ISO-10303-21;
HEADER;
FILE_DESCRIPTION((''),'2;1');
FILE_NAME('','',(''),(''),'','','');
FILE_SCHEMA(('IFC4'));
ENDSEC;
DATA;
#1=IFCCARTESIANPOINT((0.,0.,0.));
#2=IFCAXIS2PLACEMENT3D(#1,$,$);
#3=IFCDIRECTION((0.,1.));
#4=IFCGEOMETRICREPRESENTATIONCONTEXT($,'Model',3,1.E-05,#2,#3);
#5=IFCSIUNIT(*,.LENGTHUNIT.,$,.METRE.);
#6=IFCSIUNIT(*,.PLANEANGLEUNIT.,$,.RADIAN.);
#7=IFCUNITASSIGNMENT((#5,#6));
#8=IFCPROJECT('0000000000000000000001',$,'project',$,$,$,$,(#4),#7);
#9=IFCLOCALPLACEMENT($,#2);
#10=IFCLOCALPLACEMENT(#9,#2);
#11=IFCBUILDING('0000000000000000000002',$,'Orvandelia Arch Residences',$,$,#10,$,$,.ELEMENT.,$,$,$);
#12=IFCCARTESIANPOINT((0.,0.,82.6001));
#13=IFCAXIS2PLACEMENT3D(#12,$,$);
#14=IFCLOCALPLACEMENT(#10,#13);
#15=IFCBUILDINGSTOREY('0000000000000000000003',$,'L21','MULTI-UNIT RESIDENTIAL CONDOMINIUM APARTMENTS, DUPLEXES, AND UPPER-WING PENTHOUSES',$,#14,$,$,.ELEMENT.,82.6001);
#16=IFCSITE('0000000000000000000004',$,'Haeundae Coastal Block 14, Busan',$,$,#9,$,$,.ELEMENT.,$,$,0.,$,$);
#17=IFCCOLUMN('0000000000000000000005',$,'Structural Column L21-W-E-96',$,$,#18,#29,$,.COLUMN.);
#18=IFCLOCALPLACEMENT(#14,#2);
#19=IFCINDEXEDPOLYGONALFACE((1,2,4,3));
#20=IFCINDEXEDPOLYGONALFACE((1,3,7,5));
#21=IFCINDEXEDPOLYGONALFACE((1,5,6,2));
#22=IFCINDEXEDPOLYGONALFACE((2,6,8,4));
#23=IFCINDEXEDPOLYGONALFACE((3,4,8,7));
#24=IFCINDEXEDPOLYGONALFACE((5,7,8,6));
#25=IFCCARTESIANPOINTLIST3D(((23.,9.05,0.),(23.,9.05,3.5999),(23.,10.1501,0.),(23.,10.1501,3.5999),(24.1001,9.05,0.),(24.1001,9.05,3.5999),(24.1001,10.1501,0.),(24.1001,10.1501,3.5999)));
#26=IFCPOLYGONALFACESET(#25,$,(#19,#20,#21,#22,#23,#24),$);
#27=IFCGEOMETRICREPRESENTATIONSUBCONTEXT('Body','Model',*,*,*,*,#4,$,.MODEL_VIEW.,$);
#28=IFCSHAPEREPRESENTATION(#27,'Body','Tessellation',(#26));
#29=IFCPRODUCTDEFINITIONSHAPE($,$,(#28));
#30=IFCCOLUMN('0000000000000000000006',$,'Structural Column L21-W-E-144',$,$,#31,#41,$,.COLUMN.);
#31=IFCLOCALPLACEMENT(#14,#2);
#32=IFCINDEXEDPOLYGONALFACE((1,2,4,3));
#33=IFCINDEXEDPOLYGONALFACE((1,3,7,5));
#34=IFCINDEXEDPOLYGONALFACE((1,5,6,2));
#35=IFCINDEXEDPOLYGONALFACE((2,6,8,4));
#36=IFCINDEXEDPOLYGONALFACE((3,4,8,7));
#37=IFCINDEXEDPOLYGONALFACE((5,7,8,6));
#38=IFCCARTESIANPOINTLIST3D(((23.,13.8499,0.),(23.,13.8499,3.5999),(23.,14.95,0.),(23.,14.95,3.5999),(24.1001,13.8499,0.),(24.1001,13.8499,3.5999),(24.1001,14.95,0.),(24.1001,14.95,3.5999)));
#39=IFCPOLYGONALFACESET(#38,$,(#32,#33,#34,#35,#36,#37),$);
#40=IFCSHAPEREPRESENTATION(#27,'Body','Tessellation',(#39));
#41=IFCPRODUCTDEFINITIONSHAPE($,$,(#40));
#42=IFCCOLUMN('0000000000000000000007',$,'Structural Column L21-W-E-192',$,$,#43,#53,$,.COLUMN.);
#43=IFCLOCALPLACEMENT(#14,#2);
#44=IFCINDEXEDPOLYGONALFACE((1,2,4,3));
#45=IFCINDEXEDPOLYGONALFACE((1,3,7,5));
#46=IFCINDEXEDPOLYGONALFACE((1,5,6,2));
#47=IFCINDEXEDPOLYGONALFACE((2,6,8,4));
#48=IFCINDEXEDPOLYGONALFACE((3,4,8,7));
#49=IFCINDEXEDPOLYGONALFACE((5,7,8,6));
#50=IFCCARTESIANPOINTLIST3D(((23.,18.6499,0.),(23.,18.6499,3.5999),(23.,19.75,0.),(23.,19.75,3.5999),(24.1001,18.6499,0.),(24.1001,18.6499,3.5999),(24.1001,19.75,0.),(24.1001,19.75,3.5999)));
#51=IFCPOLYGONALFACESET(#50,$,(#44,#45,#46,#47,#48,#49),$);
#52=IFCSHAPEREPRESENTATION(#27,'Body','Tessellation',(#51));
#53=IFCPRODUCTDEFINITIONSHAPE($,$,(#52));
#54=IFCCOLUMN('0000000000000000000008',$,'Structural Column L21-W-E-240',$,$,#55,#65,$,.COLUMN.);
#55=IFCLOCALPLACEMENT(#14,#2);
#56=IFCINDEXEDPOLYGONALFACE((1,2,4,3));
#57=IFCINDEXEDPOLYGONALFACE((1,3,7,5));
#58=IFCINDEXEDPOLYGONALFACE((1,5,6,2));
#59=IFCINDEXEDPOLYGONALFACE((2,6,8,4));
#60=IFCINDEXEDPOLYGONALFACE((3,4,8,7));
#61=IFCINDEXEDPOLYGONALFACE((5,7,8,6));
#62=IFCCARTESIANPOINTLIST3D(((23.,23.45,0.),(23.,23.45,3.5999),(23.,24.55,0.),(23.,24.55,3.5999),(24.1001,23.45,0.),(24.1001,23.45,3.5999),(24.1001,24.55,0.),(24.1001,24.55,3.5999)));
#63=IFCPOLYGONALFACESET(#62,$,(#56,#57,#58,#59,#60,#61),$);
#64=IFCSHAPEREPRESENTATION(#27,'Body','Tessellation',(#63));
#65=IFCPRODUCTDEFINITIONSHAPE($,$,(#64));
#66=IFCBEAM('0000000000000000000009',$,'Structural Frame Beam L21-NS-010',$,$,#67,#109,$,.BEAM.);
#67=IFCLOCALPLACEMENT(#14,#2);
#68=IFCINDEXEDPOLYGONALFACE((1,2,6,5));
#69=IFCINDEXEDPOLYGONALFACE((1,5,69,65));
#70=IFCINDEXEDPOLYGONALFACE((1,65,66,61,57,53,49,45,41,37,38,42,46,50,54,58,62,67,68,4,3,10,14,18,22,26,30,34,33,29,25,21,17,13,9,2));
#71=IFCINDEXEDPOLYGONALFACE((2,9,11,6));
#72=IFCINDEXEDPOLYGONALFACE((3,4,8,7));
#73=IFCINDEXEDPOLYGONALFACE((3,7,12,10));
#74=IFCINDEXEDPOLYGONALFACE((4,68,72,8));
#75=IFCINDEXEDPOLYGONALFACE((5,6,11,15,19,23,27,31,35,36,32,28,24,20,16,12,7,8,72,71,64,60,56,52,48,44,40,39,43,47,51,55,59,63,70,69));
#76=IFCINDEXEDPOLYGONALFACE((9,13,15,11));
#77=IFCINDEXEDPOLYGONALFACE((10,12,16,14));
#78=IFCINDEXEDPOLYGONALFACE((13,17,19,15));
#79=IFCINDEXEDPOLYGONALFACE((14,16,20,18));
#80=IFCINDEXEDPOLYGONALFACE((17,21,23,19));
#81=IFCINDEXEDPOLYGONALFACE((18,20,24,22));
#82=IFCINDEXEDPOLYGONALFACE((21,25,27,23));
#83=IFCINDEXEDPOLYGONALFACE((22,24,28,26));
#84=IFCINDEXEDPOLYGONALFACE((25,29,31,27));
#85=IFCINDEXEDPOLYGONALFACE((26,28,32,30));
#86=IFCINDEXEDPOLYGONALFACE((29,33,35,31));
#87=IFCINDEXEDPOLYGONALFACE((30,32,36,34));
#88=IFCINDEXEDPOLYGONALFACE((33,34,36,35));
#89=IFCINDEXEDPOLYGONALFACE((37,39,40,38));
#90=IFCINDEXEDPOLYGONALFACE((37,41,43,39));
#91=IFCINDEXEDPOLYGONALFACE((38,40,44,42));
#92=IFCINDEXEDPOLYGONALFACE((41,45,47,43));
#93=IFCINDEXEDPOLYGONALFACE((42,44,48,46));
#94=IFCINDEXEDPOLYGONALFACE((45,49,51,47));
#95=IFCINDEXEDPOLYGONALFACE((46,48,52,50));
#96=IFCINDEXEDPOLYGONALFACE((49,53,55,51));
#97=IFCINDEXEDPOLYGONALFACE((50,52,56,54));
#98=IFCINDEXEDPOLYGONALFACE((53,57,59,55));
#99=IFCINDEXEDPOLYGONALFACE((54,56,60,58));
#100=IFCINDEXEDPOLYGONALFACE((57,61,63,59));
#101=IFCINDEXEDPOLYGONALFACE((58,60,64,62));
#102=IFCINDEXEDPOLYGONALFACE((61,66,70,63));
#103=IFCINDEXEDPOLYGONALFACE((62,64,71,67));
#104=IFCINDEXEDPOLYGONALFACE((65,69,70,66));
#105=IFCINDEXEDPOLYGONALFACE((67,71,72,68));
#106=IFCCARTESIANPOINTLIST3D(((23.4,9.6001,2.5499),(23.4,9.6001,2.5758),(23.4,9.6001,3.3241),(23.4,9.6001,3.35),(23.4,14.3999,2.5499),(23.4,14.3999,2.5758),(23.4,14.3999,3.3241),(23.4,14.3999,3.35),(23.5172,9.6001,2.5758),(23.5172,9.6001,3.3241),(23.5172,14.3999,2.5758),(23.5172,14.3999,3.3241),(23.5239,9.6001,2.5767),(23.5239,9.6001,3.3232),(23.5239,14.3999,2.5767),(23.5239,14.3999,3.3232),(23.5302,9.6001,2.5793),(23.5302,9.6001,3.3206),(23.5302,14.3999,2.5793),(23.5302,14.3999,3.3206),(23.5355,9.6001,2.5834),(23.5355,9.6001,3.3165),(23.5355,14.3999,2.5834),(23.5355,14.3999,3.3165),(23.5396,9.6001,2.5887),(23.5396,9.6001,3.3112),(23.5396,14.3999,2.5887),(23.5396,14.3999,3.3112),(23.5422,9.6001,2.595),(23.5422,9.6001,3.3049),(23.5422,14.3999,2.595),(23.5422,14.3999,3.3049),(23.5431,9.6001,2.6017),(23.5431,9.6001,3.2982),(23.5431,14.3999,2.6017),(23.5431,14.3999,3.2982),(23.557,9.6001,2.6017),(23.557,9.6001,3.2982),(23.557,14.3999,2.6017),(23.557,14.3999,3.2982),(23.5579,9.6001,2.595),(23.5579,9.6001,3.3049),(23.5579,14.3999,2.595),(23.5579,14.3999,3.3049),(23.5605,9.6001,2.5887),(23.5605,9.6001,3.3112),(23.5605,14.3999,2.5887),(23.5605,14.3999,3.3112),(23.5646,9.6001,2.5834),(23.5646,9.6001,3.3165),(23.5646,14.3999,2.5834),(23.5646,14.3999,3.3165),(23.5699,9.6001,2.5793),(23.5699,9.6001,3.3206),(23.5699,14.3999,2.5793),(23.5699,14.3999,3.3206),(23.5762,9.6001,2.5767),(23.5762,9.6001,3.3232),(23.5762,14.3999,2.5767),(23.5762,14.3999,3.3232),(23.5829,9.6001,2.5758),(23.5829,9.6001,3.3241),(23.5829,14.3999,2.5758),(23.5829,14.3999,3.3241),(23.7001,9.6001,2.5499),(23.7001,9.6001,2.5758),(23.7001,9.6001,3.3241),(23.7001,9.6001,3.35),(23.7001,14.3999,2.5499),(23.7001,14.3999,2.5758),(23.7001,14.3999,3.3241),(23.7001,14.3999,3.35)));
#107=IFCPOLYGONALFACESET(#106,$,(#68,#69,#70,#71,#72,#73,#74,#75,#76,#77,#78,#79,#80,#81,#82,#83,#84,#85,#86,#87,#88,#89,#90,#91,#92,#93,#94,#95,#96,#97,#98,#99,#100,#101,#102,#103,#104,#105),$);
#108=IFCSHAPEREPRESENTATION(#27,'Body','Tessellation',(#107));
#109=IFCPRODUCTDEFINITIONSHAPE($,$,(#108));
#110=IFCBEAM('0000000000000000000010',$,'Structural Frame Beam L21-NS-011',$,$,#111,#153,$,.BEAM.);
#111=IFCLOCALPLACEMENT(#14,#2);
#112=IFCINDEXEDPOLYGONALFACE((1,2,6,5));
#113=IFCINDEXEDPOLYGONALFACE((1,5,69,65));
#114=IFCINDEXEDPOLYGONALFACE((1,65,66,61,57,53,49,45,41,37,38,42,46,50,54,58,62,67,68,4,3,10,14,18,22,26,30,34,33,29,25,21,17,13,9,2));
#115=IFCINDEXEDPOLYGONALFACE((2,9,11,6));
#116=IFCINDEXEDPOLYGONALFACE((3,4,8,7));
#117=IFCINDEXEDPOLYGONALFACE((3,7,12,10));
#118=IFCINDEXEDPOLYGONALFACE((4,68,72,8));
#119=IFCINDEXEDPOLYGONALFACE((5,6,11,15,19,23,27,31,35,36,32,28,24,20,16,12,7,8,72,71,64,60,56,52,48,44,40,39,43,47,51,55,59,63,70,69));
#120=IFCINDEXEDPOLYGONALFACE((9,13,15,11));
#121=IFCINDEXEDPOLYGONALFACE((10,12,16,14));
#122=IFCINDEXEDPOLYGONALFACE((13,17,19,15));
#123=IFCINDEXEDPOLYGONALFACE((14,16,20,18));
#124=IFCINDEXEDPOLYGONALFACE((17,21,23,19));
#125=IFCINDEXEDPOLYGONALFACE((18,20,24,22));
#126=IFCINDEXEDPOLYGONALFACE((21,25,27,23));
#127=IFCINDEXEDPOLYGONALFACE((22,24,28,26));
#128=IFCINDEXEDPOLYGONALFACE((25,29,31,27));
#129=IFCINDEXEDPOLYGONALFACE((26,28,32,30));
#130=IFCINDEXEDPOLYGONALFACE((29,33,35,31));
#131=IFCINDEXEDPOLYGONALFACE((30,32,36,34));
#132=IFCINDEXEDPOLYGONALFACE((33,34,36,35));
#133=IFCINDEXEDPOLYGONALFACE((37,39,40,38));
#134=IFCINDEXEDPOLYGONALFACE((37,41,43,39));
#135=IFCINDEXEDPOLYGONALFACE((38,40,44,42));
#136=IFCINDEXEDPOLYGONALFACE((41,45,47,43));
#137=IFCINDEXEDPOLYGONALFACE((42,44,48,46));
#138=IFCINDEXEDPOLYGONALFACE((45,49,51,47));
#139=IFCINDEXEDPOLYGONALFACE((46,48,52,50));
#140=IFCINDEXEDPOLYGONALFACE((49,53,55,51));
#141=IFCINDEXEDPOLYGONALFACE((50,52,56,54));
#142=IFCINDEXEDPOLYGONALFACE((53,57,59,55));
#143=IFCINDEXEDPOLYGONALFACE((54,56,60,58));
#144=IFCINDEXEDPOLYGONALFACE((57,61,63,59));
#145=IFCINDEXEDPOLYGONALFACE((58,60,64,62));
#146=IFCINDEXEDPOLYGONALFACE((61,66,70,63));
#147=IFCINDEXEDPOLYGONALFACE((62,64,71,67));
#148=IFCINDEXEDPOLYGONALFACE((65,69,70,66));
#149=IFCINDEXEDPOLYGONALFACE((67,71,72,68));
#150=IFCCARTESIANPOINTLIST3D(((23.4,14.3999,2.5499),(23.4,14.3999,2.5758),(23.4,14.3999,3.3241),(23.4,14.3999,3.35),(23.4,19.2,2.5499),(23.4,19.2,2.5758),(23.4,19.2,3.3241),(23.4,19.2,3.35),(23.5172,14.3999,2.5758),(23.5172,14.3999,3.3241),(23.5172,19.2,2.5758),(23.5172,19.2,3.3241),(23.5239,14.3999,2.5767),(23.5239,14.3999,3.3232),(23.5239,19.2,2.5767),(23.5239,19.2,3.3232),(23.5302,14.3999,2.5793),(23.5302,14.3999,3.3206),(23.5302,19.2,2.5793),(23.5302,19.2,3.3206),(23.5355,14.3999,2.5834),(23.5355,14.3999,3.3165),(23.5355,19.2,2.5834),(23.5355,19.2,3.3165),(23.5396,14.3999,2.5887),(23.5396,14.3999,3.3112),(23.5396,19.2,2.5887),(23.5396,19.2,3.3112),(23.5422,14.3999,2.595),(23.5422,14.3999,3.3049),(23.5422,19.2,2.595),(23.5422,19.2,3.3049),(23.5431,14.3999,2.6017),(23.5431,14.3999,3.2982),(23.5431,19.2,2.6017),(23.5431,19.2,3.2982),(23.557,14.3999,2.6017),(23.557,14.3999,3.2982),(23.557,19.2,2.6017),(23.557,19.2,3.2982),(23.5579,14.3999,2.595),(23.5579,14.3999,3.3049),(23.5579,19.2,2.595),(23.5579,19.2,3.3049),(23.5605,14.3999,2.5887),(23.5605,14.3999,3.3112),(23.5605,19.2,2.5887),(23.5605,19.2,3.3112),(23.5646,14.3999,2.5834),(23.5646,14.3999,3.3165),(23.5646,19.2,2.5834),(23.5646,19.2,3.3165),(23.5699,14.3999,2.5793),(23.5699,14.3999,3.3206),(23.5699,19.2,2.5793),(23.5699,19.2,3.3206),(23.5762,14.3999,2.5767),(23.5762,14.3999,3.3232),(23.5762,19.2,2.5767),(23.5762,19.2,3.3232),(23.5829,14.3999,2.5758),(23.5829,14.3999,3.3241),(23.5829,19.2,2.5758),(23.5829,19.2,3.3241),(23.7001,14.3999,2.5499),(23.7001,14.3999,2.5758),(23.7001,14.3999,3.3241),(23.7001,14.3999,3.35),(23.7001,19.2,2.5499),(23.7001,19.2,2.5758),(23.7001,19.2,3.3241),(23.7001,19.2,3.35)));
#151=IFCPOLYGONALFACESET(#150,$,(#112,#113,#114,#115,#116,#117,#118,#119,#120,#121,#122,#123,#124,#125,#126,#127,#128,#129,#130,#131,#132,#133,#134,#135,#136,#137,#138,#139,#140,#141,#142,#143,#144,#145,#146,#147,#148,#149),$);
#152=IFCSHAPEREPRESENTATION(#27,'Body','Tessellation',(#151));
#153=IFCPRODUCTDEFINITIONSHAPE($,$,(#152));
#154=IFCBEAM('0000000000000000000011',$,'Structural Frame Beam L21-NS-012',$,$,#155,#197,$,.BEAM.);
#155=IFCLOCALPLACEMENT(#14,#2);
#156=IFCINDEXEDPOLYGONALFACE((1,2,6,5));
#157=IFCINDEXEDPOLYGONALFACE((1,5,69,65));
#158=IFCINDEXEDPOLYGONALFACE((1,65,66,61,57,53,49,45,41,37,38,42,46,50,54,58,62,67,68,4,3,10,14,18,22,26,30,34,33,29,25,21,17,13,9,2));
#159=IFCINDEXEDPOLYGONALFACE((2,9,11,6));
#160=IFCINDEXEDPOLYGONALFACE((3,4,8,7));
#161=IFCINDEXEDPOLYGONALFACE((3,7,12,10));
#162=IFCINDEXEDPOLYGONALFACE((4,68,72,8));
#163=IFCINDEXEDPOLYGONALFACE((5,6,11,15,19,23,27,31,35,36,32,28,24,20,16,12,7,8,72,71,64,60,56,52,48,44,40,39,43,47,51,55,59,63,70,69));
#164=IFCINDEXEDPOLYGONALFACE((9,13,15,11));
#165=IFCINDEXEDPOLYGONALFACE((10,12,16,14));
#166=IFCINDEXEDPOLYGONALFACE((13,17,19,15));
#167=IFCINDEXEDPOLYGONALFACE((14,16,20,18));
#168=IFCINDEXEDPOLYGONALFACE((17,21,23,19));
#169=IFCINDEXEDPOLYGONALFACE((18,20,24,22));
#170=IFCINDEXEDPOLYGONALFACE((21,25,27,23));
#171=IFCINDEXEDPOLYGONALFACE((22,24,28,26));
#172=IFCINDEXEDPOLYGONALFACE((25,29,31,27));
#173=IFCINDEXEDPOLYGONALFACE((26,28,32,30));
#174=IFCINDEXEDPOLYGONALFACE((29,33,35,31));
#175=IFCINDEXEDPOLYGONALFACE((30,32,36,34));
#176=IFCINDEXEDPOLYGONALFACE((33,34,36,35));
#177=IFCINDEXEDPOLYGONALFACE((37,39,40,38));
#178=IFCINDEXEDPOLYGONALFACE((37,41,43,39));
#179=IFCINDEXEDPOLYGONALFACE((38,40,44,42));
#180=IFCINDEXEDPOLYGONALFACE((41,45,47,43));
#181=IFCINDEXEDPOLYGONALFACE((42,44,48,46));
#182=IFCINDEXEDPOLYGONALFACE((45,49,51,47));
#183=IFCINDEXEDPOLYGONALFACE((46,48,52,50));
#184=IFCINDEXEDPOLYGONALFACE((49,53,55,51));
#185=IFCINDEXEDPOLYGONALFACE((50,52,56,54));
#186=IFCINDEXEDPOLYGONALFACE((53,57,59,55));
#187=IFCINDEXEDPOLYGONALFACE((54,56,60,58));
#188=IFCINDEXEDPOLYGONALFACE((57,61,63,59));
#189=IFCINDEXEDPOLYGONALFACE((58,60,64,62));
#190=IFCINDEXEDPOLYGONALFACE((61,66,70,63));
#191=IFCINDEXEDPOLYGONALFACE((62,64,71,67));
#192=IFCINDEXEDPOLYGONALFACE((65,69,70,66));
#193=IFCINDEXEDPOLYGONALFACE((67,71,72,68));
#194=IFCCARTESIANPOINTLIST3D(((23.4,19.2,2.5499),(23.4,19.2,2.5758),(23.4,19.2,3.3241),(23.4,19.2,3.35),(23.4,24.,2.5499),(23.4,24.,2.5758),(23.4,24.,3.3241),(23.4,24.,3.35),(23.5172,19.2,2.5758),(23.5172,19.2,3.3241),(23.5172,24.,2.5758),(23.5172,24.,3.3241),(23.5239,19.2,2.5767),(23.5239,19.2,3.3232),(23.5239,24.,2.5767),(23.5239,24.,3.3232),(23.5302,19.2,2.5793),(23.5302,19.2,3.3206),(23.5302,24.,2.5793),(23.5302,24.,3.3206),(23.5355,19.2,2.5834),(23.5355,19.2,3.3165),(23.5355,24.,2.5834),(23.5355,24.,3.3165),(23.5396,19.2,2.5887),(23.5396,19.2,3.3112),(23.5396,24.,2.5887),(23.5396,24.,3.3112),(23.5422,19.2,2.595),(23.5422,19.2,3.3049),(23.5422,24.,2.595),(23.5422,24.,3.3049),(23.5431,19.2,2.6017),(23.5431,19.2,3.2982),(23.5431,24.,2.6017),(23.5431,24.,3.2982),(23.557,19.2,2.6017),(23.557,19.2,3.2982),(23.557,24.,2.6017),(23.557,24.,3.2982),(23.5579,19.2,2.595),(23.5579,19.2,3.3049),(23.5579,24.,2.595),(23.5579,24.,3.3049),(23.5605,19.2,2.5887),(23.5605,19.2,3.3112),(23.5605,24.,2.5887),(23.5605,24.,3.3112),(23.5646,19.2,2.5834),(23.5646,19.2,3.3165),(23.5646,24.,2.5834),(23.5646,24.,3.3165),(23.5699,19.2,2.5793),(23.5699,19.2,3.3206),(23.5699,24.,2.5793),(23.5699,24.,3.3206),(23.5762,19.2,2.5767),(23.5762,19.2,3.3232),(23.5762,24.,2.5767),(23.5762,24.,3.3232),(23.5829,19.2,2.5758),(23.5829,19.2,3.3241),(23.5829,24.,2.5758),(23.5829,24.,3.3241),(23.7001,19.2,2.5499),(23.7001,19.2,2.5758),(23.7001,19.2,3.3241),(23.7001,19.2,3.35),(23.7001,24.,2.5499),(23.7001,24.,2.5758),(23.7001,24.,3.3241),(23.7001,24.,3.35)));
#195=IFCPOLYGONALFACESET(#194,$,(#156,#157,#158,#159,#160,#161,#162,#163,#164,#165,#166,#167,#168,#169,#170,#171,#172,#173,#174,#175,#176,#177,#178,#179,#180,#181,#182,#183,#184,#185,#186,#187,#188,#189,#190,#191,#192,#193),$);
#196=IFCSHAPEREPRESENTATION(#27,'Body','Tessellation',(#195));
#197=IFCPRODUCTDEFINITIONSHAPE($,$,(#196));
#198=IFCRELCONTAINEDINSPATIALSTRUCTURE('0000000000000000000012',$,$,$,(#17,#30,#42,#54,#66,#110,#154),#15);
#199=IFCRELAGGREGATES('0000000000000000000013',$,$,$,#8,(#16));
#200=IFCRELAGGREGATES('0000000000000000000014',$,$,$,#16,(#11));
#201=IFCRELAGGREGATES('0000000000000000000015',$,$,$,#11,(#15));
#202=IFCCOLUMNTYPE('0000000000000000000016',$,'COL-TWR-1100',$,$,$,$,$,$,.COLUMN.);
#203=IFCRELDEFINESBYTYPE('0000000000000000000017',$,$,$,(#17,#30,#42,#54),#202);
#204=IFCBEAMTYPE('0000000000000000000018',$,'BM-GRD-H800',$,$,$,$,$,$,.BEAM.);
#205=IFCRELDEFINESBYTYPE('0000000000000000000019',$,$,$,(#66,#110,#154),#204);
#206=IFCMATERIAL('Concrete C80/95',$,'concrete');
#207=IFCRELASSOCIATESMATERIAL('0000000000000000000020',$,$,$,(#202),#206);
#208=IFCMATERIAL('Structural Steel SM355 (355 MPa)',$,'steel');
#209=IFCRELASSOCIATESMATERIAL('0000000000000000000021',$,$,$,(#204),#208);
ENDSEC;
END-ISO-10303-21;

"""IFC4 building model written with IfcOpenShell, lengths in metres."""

from ifc_helpers import new_model, si_unit, direction, frame, origin, origin_2d, place, context, subcontext, project, spatial, rectangle, i_section, extrude, material, material_profile, profile_set, type_object, element, save


model = new_model("IFC4")

# Units and contexts
model_context = context("Model", 3, precision=1e-05, world=origin(), true_north=direction((0.0, 1.0)))
body_context = subcontext(model_context, "Body", "Model", "MODEL_VIEW")
ifc_project = project(units=[si_unit("LENGTHUNIT", "METRE"), si_unit("PLANEANGLEUNIT", "RADIAN")], contexts=[model_context])

# Site, building, storey
site_placement = place(None, origin())
site = spatial("IfcSite", under=ifc_project, at=site_placement, Name="Haeundae Coastal Block 14, Busan", CompositionType="ELEMENT", RefElevation=0.0)
building_placement = place(site_placement, origin())
building = spatial("IfcBuilding", under=site, at=building_placement, Name="Orvandelia Arch Residences", CompositionType="ELEMENT")
storey_placement = place(building_placement, frame((0.0, 0.0, 82.6001)))
storey = spatial("IfcBuildingStorey", under=building, at=storey_placement, Name="L21", Description="MULTI-UNIT RESIDENTIAL CONDOMINIUM APARTMENTS, DUPLEXES, AND UPPER-WING PENTHOUSES", CompositionType="ELEMENT", Elevation=82.6001)

# Columns
ifc_material_1 = material(Name="Concrete C80/95", Category="concrete")
ifc_material_profile_1 = material_profile(ifc_material_1, rectangle(XDim=1.1001, YDim=1.1001, at=origin_2d()), Name="Concrete C80/95", Category="concrete")
ifc_profile_set_1 = profile_set([ifc_material_profile_1], Name="Concrete C80/95")
column_type = type_object("IfcColumnType", Name="COL-TWR-1100", PredefinedType="COLUMN", material=ifc_profile_set_1)
for number, where, z_axis, x_axis, name in (
    (1, (23.55, 9.6001, 0.0), (0.0, 0.0, 1.0), (1.0, 0.0, 0.0), "Structural Column L21-W-E-96"),
    (2, (23.55, 14.3999, 0.0), (0.0, 0.0, 1.0), (1.0, 0.0, 0.0), "Structural Column L21-W-E-144"),
    (3, (23.55, 19.2, 0.0), (0.0, 0.0, 1.0), (1.0, 0.0, 0.0), "Structural Column L21-W-E-192"),
    (4, (23.55, 24.0, 0.0), (0.0, 0.0, 1.0), (1.0, 0.0, 0.0), "Structural Column L21-W-E-240"),
):
    element("IfcColumn", number, at=place(storey_placement, frame(where, z_axis=z_axis, x_axis=x_axis)), inside=storey, type_object=column_type, Name=name, PredefinedType="COLUMN", context=body_context, shape_type="SweptSolid", body=[
        extrude(rectangle(XDim=1.1001, YDim=1.1001, at=origin_2d()), origin(), (0.0, 0.0, 1.0), 3.5999),
    ])

# Beams
ifc_material_2 = material(Name="Structural Steel SM355 (355 MPa)", Category="steel")
ifc_material_profile_2 = material_profile(ifc_material_2, i_section(OverallWidth=0.3, OverallDepth=0.8, WebThickness=0.0139, FlangeThickness=0.0259, FilletRadius=0.0259, at=origin_2d()), Name="Structural Steel SM355 (355 MPa)", Category="steel")
ifc_profile_set_2 = profile_set([ifc_material_profile_2], Name="Structural Steel SM355 (355 MPa)")
beam_type = type_object("IfcBeamType", Name="BM-GRD-H800", PredefinedType="BEAM", material=ifc_profile_set_2)
beam_1_placement = place(storey_placement, frame((23.55, 9.6001, 2.95), z_axis=(0.0, 1.0, 0.0), x_axis=(-1.0, 0.0, 0.0)))
element("IfcBeam", 5, at=beam_1_placement, inside=storey, type_object=beam_type, Name="Structural Frame Beam L21-NS-010", PredefinedType="BEAM", context=body_context, shape_type="SweptSolid", body=[
    extrude(i_section(OverallWidth=0.3, OverallDepth=0.8, WebThickness=0.0139, FlangeThickness=0.0259, FilletRadius=0.0259, at=origin_2d()), origin(), (0.0, 0.0, 1.0), 4.7998),
])
for number, where, z_axis, x_axis, name in (
    (6, (23.55, 14.3999, 2.95), (0.0, 1.0, 0.0), (-1.0, 0.0, 0.0), "Structural Frame Beam L21-NS-011"),
    (7, (23.55, 19.2, 2.95), (0.0, 1.0, 0.0), (-1.0, 0.0, 0.0), "Structural Frame Beam L21-NS-012"),
):
    element("IfcBeam", number, at=place(storey_placement, frame(where, z_axis=z_axis, x_axis=x_axis)), inside=storey, type_object=beam_type, Name=name, PredefinedType="BEAM", context=body_context, shape_type="SweptSolid", body=[
        extrude(i_section(OverallWidth=0.3, OverallDepth=0.8, WebThickness=0.0139, FlangeThickness=0.0259, FilletRadius=0.0259, at=origin_2d()), origin(), (0.0, 0.0, 1.0), 4.8),
    ])

save(model, "model.ifc")
